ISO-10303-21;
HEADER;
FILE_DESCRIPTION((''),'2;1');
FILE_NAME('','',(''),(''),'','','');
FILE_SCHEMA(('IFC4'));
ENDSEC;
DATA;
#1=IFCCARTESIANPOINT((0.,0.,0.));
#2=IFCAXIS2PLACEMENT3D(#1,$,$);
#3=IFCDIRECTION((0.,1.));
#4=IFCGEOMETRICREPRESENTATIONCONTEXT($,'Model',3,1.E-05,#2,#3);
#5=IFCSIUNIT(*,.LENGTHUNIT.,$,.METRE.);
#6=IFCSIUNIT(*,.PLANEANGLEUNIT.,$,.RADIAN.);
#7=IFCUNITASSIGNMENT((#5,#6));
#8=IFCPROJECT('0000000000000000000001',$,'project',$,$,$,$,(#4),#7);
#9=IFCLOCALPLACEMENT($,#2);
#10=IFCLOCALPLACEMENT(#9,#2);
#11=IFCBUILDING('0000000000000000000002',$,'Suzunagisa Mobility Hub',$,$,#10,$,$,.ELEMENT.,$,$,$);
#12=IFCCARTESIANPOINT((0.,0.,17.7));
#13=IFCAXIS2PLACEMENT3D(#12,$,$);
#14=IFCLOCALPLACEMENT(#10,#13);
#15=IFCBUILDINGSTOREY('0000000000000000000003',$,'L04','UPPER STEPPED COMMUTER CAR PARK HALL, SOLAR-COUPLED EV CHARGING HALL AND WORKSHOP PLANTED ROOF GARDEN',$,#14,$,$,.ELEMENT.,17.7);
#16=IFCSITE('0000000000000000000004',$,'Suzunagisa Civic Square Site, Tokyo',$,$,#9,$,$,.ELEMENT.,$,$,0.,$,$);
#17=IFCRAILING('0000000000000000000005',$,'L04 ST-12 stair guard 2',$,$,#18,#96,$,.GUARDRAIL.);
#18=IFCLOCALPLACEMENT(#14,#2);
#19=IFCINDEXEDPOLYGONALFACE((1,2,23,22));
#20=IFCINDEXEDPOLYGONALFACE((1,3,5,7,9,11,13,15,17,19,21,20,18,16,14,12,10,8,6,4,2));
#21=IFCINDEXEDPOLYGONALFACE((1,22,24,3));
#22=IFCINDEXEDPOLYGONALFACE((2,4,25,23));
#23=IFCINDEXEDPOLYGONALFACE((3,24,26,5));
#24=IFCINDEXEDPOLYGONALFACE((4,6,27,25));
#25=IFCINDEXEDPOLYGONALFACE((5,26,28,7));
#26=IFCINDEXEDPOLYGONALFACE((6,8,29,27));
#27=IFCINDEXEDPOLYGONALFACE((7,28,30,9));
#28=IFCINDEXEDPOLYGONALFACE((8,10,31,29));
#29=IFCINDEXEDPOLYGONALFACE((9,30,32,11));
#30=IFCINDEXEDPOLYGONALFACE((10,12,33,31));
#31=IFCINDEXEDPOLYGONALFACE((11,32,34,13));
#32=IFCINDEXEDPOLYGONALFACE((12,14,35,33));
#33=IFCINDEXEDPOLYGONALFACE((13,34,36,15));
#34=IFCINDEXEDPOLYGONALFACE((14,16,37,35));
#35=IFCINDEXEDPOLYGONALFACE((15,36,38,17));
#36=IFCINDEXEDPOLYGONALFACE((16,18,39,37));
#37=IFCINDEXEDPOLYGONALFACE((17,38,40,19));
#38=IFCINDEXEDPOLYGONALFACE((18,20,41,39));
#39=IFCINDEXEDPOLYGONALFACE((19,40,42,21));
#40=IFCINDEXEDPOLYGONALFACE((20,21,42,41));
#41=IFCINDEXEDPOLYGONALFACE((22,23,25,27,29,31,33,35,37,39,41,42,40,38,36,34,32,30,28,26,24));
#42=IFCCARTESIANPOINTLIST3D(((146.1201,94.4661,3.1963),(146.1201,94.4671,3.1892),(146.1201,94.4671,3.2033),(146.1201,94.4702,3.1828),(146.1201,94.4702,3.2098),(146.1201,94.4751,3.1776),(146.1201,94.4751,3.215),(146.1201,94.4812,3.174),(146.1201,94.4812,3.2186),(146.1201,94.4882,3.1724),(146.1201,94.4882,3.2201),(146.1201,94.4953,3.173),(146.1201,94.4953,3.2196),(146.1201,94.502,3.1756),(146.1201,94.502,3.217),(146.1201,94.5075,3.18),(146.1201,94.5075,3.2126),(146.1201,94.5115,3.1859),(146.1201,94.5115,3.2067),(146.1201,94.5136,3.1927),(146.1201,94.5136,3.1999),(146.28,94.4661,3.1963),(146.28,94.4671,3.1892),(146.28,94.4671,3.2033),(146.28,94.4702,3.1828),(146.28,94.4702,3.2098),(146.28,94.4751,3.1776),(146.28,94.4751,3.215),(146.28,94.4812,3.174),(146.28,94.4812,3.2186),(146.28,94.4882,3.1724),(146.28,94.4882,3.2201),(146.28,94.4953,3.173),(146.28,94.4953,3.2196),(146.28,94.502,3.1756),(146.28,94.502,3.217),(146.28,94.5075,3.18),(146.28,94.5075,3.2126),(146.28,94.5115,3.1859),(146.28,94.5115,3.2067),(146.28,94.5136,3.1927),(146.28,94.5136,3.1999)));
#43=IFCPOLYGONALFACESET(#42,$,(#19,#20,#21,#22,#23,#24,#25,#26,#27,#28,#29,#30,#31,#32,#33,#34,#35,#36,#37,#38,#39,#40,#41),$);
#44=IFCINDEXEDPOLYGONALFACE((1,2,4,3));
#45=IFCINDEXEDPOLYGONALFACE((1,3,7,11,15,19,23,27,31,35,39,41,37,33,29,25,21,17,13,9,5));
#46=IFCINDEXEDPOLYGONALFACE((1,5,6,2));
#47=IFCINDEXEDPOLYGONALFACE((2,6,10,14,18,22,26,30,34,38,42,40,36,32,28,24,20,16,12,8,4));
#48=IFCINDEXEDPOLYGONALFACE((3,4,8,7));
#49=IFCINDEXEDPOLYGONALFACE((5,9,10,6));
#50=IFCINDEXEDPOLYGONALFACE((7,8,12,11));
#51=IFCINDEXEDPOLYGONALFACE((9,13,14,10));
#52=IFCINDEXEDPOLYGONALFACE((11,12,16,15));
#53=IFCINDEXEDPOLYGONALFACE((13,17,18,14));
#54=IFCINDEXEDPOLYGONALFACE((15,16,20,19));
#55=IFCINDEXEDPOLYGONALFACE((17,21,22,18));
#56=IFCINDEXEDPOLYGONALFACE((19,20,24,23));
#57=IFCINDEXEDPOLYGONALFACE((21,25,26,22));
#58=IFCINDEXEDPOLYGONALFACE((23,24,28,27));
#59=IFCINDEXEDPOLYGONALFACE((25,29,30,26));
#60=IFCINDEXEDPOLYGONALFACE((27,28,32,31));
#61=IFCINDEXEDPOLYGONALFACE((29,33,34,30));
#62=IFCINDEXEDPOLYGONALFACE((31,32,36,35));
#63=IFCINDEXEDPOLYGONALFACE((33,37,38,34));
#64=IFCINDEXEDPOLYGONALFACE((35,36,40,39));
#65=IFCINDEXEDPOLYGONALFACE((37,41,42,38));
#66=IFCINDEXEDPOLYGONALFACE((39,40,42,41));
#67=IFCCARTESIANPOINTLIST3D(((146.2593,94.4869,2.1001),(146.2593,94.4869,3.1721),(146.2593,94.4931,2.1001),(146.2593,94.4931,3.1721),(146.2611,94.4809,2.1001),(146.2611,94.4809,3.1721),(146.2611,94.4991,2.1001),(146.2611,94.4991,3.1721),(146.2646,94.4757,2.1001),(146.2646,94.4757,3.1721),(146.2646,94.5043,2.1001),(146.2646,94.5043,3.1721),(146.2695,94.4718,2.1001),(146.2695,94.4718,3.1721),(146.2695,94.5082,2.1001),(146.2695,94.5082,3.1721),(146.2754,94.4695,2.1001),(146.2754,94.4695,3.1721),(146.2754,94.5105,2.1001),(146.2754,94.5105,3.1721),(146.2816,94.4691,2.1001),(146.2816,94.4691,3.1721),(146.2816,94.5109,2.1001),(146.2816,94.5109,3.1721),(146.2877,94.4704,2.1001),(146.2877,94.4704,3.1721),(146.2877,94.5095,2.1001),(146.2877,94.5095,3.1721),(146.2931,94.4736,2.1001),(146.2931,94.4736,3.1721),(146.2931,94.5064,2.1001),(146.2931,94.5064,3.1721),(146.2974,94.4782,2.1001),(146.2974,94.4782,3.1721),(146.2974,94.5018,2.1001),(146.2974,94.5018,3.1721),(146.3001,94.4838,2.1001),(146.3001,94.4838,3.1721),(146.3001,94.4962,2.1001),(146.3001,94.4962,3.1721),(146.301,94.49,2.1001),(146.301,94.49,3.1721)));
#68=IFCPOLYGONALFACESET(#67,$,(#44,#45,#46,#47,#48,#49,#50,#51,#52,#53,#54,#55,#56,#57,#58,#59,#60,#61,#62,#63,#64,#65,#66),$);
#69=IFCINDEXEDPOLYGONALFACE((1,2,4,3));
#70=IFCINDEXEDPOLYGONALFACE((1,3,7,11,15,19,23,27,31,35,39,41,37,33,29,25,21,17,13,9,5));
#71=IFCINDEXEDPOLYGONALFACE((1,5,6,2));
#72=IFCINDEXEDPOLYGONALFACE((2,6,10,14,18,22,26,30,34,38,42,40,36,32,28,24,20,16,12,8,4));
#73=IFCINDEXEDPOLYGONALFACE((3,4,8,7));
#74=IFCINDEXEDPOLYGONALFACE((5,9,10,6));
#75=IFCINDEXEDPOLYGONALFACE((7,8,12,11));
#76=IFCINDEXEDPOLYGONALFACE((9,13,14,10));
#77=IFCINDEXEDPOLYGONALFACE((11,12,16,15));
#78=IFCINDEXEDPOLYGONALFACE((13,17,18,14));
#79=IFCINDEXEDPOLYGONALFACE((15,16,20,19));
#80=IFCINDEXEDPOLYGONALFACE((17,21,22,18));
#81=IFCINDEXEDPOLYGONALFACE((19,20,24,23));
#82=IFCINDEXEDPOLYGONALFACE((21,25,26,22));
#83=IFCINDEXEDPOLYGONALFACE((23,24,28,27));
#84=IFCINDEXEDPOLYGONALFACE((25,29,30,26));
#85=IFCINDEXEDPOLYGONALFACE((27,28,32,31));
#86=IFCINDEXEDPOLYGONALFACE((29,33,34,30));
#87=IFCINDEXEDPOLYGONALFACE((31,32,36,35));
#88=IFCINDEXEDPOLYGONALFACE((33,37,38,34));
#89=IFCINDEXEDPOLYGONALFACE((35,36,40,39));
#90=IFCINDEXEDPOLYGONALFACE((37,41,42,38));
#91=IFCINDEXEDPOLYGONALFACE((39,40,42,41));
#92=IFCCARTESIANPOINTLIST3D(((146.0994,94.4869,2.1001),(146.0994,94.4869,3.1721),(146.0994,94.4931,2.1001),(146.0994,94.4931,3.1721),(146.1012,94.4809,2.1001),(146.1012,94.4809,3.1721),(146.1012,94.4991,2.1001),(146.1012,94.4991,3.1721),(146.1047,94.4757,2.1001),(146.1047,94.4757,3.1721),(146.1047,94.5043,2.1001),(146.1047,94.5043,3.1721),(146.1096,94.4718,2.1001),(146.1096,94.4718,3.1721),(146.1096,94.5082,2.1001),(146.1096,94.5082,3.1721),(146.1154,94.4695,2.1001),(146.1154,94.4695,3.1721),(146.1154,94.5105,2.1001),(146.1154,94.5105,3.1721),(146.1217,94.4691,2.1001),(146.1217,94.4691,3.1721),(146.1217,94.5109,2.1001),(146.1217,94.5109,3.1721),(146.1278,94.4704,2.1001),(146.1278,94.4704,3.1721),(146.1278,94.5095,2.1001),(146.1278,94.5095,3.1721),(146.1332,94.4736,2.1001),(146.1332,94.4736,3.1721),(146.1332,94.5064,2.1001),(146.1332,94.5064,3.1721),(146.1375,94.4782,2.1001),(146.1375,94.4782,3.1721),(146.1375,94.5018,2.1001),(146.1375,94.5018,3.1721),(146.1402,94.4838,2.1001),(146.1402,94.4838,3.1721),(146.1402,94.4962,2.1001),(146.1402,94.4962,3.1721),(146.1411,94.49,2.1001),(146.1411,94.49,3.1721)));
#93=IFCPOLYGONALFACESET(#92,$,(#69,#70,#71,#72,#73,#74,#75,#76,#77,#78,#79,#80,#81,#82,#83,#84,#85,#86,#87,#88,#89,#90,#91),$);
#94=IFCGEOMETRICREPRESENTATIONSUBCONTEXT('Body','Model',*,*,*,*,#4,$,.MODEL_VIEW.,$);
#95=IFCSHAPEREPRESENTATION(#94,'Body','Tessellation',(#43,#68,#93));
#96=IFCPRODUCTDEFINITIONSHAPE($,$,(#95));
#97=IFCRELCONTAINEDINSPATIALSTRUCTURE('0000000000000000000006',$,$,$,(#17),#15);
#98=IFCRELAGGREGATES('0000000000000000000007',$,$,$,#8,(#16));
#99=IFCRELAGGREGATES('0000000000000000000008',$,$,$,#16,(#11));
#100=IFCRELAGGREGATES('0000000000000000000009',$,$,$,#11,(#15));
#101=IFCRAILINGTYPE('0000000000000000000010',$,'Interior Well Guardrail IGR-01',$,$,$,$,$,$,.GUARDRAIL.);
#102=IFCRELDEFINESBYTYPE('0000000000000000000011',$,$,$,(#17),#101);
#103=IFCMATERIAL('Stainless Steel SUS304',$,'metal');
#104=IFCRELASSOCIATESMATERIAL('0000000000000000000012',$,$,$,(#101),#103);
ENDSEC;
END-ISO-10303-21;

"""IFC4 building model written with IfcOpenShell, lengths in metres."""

from ifc_helpers import new_model, si_unit, direction, frame, origin, origin_2d, place, context, subcontext, project, spatial, circle, extrude, material, type_object, element, save


model = new_model("IFC4")

# Units and contexts
model_context = context("Model", 3, precision=1e-05, world=origin(), true_north=direction((0.0, 1.0)))
body_context = subcontext(model_context, "Body", "Model", "MODEL_VIEW")
ifc_project = project(units=[si_unit("LENGTHUNIT", "METRE"), si_unit("PLANEANGLEUNIT", "RADIAN")], contexts=[model_context])

# Site, building, storey
site_placement = place(None, origin())
site = spatial("IfcSite", under=ifc_project, at=site_placement, Name="Suzunagisa Civic Square Site, Tokyo", CompositionType="ELEMENT", RefElevation=0.0)
building_placement = place(site_placement, origin())
building = spatial("IfcBuilding", under=site, at=building_placement, Name="Suzunagisa Mobility Hub", CompositionType="ELEMENT")
storey_placement = place(building_placement, frame((0.0, 0.0, 17.7)))
storey = spatial("IfcBuildingStorey", under=building, at=storey_placement, Name="L04", Description="UPPER STEPPED COMMUTER CAR PARK HALL, SOLAR-COUPLED EV CHARGING HALL AND WORKSHOP PLANTED ROOF GARDEN", CompositionType="ELEMENT", Elevation=17.7)

# Railing
ifc_material_1 = material(Name="Stainless Steel SUS304", Category="metal")
railing_type_1 = type_object("IfcRailingType", Name="Interior Well Guardrail IGR-01", PredefinedType="GUARDRAIL", material=ifc_material_1)
railing_1_placement = place(storey_placement, frame((146.28, 94.49, 2.1001)))
element("IfcRailing", 1, at=railing_1_placement, inside=storey, type_object=railing_type_1, Name="L04 ST-12 stair guard 2", PredefinedType="GUARDRAIL", context=body_context, shape_type="SweptSolid", body=[
    extrude(circle(Radius=0.0239, at=origin_2d()), frame((0.0, 0.0, 1.0962), z_axis=(-1.0, 0.0, 0.0), x_axis=(0.0, -1.0, 0.0)), (0.0, 0.0, 1.0), 0.1599),
    extrude(circle(Radius=0.021, at=origin_2d()), origin(), (0.0, 0.0, 1.0), 1.072),
    extrude(circle(Radius=0.021, at=origin_2d()), frame((-0.1599, 0.0, 0.0)), (0.0, 0.0, 1.0), 1.072),
])

save(model, "model.ifc")
